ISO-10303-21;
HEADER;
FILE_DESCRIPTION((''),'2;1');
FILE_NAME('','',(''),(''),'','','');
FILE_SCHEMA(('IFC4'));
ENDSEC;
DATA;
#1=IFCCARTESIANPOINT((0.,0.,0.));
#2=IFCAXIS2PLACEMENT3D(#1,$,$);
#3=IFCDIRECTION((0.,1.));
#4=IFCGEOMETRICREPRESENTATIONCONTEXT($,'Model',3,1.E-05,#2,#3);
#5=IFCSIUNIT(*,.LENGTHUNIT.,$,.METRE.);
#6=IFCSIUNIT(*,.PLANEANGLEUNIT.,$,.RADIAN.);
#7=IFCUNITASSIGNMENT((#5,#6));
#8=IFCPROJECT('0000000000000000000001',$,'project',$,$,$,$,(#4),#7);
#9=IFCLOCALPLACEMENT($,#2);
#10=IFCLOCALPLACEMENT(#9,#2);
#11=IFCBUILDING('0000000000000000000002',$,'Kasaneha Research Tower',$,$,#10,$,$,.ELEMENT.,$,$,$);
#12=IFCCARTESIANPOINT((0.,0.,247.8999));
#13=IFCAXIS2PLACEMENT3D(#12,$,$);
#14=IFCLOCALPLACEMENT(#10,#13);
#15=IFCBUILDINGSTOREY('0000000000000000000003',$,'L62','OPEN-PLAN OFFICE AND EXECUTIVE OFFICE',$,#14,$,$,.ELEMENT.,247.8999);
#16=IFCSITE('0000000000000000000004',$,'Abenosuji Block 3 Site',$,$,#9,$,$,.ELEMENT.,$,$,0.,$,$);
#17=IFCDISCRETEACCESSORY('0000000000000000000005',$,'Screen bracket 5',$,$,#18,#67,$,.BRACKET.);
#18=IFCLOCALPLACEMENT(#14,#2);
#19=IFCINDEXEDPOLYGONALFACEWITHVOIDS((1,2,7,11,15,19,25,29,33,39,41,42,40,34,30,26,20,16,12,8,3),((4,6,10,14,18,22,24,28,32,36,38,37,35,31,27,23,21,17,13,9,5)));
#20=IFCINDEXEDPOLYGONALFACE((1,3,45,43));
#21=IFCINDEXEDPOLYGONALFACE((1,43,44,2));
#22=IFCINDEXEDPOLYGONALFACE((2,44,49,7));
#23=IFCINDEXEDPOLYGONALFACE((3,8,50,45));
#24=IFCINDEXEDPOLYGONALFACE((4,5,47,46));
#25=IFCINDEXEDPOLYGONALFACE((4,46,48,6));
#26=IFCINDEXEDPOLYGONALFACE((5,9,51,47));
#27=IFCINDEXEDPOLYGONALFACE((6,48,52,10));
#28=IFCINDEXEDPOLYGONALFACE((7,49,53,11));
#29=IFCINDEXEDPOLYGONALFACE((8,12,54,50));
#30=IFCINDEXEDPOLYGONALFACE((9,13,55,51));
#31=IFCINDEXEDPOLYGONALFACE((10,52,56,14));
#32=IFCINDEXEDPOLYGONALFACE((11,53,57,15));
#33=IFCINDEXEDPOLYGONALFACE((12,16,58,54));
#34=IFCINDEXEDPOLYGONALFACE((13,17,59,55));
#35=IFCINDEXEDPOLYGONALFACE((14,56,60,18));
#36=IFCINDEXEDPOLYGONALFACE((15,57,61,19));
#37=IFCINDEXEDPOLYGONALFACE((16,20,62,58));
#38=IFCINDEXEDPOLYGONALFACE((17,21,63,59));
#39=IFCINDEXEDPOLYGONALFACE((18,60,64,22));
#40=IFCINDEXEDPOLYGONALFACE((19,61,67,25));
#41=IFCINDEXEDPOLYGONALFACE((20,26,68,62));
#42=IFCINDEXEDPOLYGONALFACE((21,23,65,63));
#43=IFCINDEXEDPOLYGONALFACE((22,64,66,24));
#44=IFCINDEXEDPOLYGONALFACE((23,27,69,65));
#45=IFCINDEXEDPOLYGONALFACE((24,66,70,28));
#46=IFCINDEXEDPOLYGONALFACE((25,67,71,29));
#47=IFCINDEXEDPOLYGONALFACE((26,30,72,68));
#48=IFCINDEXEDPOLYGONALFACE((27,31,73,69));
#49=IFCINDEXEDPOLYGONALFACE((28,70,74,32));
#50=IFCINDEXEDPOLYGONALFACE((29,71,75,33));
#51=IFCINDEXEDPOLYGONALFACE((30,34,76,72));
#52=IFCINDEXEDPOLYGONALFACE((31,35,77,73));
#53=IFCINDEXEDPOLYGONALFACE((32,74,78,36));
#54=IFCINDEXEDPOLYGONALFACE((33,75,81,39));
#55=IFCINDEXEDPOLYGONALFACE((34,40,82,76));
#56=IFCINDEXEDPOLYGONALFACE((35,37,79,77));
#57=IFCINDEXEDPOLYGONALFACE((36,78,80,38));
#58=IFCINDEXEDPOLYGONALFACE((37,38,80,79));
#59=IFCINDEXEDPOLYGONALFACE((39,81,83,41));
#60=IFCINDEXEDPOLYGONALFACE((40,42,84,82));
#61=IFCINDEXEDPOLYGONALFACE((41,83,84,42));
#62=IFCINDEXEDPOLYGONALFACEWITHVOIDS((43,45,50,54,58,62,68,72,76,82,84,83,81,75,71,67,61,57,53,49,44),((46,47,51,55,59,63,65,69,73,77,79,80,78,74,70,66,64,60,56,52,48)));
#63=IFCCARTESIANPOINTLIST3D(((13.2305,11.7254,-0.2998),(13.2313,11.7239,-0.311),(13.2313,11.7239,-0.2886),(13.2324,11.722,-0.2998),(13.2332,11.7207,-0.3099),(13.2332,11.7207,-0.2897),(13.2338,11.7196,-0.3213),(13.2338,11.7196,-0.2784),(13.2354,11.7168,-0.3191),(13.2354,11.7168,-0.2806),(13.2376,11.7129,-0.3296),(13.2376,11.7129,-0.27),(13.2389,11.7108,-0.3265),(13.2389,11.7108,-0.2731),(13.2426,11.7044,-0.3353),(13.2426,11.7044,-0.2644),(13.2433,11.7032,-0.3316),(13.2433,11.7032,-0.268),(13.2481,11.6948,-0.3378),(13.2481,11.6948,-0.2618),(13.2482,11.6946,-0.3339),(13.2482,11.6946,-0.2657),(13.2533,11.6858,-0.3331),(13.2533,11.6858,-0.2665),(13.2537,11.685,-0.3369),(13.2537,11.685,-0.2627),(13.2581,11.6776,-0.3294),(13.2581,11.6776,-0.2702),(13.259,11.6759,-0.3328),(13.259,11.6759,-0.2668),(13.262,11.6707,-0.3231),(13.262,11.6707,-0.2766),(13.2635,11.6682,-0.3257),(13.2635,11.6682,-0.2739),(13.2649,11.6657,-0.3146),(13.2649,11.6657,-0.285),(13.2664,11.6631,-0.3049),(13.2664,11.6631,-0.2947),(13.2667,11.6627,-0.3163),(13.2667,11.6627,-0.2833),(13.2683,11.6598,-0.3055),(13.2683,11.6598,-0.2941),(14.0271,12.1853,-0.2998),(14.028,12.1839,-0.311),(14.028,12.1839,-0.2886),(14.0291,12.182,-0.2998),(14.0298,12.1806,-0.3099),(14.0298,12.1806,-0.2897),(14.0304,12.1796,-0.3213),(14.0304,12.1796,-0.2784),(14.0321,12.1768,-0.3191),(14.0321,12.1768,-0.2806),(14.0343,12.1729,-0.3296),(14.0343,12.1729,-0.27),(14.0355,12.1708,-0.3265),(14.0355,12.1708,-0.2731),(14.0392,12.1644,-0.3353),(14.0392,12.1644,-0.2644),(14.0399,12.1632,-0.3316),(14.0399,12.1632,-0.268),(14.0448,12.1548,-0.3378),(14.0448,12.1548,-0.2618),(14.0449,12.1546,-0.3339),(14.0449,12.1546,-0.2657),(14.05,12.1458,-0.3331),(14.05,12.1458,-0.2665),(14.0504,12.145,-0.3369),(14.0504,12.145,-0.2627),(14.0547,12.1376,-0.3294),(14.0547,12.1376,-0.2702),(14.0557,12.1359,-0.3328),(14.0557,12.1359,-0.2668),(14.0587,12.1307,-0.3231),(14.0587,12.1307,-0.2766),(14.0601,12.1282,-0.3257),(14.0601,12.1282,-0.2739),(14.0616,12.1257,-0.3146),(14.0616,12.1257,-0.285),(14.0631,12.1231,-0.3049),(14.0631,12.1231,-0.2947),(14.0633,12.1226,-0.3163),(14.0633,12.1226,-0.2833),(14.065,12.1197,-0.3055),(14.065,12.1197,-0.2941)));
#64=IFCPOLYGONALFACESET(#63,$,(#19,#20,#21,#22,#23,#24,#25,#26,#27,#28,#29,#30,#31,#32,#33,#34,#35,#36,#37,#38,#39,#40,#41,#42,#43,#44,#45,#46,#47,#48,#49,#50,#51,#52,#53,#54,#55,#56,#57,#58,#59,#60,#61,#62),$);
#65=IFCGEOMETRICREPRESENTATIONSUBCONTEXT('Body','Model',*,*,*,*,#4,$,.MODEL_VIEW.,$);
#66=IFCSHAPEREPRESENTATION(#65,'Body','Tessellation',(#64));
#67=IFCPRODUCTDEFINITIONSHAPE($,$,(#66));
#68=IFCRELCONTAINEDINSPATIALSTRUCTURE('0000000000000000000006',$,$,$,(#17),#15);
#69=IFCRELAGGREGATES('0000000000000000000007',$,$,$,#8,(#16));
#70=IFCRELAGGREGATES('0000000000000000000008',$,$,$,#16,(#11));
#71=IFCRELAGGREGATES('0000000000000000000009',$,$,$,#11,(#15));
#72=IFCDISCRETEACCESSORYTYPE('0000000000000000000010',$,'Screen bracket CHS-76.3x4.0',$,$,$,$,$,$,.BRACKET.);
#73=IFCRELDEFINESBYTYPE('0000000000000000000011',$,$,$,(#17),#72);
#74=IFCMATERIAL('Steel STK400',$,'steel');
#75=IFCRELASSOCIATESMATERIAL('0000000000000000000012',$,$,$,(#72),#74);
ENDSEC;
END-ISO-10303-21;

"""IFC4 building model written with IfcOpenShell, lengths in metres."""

from ifc_helpers import new_model, si_unit, direction, frame, origin, origin_2d, place, context, subcontext, project, spatial, hollow_circle, extrude, material, material_profile, profile_set, type_object, element, save


model = new_model("IFC4")

# Units and contexts
model_context = context("Model", 3, precision=1e-05, world=origin(), true_north=direction((0.0, 1.0)))
body_context = subcontext(model_context, "Body", "Model", "MODEL_VIEW")
ifc_project = project(units=[si_unit("LENGTHUNIT", "METRE"), si_unit("PLANEANGLEUNIT", "RADIAN")], contexts=[model_context])

# Site, building, storey
site_placement = place(None, origin())
site = spatial("IfcSite", under=ifc_project, at=site_placement, Name="Abenosuji Block 3 Site", CompositionType="ELEMENT", RefElevation=0.0)
building_placement = place(site_placement, origin())
building = spatial("IfcBuilding", under=site, at=building_placement, Name="Kasaneha Research Tower", CompositionType="ELEMENT")
storey_placement = place(building_placement, frame((0.0, 0.0, 247.8999)))
storey = spatial("IfcBuildingStorey", under=building, at=storey_placement, Name="L62", Description="OPEN-PLAN OFFICE AND EXECUTIVE OFFICE", CompositionType="ELEMENT", Elevation=247.8999)

# Discrete accessory
ifc_material_1 = material(Name="Steel STK400", Category="steel")
ifc_material_profile_1 = material_profile(ifc_material_1, hollow_circle(Radius=0.0381, WallThickness=0.0039, at=origin_2d()), Name="CHS-76.3x4.0")
ifc_profile_set_1 = profile_set([ifc_material_profile_1], Name="Steel STK400")
discrete_accessory_type = type_object("IfcDiscreteAccessoryType", Name="Screen bracket CHS-76.3x4.0", PredefinedType="BRACKET", material=ifc_profile_set_1)
for number, where, z_axis, x_axis, name in (
    (1, (13.2495, 11.6924, -0.2998), (0.866013, 0.500021, 0.0), (-0.500021, 0.866013, 0.0), "Screen bracket 5"),
):
    element("IfcDiscreteAccessory", number, at=place(storey_placement, frame(where, z_axis=z_axis, x_axis=x_axis)), inside=storey, type_object=discrete_accessory_type, Name=name, PredefinedType="BRACKET", context=body_context, shape_type="SweptSolid", body=[
        extrude(hollow_circle(Radius=0.0381, WallThickness=0.0039, at=origin_2d()), origin(), (0.0, 0.0, 1.0), 0.9199),
    ])

save(model, "model.ifc")
